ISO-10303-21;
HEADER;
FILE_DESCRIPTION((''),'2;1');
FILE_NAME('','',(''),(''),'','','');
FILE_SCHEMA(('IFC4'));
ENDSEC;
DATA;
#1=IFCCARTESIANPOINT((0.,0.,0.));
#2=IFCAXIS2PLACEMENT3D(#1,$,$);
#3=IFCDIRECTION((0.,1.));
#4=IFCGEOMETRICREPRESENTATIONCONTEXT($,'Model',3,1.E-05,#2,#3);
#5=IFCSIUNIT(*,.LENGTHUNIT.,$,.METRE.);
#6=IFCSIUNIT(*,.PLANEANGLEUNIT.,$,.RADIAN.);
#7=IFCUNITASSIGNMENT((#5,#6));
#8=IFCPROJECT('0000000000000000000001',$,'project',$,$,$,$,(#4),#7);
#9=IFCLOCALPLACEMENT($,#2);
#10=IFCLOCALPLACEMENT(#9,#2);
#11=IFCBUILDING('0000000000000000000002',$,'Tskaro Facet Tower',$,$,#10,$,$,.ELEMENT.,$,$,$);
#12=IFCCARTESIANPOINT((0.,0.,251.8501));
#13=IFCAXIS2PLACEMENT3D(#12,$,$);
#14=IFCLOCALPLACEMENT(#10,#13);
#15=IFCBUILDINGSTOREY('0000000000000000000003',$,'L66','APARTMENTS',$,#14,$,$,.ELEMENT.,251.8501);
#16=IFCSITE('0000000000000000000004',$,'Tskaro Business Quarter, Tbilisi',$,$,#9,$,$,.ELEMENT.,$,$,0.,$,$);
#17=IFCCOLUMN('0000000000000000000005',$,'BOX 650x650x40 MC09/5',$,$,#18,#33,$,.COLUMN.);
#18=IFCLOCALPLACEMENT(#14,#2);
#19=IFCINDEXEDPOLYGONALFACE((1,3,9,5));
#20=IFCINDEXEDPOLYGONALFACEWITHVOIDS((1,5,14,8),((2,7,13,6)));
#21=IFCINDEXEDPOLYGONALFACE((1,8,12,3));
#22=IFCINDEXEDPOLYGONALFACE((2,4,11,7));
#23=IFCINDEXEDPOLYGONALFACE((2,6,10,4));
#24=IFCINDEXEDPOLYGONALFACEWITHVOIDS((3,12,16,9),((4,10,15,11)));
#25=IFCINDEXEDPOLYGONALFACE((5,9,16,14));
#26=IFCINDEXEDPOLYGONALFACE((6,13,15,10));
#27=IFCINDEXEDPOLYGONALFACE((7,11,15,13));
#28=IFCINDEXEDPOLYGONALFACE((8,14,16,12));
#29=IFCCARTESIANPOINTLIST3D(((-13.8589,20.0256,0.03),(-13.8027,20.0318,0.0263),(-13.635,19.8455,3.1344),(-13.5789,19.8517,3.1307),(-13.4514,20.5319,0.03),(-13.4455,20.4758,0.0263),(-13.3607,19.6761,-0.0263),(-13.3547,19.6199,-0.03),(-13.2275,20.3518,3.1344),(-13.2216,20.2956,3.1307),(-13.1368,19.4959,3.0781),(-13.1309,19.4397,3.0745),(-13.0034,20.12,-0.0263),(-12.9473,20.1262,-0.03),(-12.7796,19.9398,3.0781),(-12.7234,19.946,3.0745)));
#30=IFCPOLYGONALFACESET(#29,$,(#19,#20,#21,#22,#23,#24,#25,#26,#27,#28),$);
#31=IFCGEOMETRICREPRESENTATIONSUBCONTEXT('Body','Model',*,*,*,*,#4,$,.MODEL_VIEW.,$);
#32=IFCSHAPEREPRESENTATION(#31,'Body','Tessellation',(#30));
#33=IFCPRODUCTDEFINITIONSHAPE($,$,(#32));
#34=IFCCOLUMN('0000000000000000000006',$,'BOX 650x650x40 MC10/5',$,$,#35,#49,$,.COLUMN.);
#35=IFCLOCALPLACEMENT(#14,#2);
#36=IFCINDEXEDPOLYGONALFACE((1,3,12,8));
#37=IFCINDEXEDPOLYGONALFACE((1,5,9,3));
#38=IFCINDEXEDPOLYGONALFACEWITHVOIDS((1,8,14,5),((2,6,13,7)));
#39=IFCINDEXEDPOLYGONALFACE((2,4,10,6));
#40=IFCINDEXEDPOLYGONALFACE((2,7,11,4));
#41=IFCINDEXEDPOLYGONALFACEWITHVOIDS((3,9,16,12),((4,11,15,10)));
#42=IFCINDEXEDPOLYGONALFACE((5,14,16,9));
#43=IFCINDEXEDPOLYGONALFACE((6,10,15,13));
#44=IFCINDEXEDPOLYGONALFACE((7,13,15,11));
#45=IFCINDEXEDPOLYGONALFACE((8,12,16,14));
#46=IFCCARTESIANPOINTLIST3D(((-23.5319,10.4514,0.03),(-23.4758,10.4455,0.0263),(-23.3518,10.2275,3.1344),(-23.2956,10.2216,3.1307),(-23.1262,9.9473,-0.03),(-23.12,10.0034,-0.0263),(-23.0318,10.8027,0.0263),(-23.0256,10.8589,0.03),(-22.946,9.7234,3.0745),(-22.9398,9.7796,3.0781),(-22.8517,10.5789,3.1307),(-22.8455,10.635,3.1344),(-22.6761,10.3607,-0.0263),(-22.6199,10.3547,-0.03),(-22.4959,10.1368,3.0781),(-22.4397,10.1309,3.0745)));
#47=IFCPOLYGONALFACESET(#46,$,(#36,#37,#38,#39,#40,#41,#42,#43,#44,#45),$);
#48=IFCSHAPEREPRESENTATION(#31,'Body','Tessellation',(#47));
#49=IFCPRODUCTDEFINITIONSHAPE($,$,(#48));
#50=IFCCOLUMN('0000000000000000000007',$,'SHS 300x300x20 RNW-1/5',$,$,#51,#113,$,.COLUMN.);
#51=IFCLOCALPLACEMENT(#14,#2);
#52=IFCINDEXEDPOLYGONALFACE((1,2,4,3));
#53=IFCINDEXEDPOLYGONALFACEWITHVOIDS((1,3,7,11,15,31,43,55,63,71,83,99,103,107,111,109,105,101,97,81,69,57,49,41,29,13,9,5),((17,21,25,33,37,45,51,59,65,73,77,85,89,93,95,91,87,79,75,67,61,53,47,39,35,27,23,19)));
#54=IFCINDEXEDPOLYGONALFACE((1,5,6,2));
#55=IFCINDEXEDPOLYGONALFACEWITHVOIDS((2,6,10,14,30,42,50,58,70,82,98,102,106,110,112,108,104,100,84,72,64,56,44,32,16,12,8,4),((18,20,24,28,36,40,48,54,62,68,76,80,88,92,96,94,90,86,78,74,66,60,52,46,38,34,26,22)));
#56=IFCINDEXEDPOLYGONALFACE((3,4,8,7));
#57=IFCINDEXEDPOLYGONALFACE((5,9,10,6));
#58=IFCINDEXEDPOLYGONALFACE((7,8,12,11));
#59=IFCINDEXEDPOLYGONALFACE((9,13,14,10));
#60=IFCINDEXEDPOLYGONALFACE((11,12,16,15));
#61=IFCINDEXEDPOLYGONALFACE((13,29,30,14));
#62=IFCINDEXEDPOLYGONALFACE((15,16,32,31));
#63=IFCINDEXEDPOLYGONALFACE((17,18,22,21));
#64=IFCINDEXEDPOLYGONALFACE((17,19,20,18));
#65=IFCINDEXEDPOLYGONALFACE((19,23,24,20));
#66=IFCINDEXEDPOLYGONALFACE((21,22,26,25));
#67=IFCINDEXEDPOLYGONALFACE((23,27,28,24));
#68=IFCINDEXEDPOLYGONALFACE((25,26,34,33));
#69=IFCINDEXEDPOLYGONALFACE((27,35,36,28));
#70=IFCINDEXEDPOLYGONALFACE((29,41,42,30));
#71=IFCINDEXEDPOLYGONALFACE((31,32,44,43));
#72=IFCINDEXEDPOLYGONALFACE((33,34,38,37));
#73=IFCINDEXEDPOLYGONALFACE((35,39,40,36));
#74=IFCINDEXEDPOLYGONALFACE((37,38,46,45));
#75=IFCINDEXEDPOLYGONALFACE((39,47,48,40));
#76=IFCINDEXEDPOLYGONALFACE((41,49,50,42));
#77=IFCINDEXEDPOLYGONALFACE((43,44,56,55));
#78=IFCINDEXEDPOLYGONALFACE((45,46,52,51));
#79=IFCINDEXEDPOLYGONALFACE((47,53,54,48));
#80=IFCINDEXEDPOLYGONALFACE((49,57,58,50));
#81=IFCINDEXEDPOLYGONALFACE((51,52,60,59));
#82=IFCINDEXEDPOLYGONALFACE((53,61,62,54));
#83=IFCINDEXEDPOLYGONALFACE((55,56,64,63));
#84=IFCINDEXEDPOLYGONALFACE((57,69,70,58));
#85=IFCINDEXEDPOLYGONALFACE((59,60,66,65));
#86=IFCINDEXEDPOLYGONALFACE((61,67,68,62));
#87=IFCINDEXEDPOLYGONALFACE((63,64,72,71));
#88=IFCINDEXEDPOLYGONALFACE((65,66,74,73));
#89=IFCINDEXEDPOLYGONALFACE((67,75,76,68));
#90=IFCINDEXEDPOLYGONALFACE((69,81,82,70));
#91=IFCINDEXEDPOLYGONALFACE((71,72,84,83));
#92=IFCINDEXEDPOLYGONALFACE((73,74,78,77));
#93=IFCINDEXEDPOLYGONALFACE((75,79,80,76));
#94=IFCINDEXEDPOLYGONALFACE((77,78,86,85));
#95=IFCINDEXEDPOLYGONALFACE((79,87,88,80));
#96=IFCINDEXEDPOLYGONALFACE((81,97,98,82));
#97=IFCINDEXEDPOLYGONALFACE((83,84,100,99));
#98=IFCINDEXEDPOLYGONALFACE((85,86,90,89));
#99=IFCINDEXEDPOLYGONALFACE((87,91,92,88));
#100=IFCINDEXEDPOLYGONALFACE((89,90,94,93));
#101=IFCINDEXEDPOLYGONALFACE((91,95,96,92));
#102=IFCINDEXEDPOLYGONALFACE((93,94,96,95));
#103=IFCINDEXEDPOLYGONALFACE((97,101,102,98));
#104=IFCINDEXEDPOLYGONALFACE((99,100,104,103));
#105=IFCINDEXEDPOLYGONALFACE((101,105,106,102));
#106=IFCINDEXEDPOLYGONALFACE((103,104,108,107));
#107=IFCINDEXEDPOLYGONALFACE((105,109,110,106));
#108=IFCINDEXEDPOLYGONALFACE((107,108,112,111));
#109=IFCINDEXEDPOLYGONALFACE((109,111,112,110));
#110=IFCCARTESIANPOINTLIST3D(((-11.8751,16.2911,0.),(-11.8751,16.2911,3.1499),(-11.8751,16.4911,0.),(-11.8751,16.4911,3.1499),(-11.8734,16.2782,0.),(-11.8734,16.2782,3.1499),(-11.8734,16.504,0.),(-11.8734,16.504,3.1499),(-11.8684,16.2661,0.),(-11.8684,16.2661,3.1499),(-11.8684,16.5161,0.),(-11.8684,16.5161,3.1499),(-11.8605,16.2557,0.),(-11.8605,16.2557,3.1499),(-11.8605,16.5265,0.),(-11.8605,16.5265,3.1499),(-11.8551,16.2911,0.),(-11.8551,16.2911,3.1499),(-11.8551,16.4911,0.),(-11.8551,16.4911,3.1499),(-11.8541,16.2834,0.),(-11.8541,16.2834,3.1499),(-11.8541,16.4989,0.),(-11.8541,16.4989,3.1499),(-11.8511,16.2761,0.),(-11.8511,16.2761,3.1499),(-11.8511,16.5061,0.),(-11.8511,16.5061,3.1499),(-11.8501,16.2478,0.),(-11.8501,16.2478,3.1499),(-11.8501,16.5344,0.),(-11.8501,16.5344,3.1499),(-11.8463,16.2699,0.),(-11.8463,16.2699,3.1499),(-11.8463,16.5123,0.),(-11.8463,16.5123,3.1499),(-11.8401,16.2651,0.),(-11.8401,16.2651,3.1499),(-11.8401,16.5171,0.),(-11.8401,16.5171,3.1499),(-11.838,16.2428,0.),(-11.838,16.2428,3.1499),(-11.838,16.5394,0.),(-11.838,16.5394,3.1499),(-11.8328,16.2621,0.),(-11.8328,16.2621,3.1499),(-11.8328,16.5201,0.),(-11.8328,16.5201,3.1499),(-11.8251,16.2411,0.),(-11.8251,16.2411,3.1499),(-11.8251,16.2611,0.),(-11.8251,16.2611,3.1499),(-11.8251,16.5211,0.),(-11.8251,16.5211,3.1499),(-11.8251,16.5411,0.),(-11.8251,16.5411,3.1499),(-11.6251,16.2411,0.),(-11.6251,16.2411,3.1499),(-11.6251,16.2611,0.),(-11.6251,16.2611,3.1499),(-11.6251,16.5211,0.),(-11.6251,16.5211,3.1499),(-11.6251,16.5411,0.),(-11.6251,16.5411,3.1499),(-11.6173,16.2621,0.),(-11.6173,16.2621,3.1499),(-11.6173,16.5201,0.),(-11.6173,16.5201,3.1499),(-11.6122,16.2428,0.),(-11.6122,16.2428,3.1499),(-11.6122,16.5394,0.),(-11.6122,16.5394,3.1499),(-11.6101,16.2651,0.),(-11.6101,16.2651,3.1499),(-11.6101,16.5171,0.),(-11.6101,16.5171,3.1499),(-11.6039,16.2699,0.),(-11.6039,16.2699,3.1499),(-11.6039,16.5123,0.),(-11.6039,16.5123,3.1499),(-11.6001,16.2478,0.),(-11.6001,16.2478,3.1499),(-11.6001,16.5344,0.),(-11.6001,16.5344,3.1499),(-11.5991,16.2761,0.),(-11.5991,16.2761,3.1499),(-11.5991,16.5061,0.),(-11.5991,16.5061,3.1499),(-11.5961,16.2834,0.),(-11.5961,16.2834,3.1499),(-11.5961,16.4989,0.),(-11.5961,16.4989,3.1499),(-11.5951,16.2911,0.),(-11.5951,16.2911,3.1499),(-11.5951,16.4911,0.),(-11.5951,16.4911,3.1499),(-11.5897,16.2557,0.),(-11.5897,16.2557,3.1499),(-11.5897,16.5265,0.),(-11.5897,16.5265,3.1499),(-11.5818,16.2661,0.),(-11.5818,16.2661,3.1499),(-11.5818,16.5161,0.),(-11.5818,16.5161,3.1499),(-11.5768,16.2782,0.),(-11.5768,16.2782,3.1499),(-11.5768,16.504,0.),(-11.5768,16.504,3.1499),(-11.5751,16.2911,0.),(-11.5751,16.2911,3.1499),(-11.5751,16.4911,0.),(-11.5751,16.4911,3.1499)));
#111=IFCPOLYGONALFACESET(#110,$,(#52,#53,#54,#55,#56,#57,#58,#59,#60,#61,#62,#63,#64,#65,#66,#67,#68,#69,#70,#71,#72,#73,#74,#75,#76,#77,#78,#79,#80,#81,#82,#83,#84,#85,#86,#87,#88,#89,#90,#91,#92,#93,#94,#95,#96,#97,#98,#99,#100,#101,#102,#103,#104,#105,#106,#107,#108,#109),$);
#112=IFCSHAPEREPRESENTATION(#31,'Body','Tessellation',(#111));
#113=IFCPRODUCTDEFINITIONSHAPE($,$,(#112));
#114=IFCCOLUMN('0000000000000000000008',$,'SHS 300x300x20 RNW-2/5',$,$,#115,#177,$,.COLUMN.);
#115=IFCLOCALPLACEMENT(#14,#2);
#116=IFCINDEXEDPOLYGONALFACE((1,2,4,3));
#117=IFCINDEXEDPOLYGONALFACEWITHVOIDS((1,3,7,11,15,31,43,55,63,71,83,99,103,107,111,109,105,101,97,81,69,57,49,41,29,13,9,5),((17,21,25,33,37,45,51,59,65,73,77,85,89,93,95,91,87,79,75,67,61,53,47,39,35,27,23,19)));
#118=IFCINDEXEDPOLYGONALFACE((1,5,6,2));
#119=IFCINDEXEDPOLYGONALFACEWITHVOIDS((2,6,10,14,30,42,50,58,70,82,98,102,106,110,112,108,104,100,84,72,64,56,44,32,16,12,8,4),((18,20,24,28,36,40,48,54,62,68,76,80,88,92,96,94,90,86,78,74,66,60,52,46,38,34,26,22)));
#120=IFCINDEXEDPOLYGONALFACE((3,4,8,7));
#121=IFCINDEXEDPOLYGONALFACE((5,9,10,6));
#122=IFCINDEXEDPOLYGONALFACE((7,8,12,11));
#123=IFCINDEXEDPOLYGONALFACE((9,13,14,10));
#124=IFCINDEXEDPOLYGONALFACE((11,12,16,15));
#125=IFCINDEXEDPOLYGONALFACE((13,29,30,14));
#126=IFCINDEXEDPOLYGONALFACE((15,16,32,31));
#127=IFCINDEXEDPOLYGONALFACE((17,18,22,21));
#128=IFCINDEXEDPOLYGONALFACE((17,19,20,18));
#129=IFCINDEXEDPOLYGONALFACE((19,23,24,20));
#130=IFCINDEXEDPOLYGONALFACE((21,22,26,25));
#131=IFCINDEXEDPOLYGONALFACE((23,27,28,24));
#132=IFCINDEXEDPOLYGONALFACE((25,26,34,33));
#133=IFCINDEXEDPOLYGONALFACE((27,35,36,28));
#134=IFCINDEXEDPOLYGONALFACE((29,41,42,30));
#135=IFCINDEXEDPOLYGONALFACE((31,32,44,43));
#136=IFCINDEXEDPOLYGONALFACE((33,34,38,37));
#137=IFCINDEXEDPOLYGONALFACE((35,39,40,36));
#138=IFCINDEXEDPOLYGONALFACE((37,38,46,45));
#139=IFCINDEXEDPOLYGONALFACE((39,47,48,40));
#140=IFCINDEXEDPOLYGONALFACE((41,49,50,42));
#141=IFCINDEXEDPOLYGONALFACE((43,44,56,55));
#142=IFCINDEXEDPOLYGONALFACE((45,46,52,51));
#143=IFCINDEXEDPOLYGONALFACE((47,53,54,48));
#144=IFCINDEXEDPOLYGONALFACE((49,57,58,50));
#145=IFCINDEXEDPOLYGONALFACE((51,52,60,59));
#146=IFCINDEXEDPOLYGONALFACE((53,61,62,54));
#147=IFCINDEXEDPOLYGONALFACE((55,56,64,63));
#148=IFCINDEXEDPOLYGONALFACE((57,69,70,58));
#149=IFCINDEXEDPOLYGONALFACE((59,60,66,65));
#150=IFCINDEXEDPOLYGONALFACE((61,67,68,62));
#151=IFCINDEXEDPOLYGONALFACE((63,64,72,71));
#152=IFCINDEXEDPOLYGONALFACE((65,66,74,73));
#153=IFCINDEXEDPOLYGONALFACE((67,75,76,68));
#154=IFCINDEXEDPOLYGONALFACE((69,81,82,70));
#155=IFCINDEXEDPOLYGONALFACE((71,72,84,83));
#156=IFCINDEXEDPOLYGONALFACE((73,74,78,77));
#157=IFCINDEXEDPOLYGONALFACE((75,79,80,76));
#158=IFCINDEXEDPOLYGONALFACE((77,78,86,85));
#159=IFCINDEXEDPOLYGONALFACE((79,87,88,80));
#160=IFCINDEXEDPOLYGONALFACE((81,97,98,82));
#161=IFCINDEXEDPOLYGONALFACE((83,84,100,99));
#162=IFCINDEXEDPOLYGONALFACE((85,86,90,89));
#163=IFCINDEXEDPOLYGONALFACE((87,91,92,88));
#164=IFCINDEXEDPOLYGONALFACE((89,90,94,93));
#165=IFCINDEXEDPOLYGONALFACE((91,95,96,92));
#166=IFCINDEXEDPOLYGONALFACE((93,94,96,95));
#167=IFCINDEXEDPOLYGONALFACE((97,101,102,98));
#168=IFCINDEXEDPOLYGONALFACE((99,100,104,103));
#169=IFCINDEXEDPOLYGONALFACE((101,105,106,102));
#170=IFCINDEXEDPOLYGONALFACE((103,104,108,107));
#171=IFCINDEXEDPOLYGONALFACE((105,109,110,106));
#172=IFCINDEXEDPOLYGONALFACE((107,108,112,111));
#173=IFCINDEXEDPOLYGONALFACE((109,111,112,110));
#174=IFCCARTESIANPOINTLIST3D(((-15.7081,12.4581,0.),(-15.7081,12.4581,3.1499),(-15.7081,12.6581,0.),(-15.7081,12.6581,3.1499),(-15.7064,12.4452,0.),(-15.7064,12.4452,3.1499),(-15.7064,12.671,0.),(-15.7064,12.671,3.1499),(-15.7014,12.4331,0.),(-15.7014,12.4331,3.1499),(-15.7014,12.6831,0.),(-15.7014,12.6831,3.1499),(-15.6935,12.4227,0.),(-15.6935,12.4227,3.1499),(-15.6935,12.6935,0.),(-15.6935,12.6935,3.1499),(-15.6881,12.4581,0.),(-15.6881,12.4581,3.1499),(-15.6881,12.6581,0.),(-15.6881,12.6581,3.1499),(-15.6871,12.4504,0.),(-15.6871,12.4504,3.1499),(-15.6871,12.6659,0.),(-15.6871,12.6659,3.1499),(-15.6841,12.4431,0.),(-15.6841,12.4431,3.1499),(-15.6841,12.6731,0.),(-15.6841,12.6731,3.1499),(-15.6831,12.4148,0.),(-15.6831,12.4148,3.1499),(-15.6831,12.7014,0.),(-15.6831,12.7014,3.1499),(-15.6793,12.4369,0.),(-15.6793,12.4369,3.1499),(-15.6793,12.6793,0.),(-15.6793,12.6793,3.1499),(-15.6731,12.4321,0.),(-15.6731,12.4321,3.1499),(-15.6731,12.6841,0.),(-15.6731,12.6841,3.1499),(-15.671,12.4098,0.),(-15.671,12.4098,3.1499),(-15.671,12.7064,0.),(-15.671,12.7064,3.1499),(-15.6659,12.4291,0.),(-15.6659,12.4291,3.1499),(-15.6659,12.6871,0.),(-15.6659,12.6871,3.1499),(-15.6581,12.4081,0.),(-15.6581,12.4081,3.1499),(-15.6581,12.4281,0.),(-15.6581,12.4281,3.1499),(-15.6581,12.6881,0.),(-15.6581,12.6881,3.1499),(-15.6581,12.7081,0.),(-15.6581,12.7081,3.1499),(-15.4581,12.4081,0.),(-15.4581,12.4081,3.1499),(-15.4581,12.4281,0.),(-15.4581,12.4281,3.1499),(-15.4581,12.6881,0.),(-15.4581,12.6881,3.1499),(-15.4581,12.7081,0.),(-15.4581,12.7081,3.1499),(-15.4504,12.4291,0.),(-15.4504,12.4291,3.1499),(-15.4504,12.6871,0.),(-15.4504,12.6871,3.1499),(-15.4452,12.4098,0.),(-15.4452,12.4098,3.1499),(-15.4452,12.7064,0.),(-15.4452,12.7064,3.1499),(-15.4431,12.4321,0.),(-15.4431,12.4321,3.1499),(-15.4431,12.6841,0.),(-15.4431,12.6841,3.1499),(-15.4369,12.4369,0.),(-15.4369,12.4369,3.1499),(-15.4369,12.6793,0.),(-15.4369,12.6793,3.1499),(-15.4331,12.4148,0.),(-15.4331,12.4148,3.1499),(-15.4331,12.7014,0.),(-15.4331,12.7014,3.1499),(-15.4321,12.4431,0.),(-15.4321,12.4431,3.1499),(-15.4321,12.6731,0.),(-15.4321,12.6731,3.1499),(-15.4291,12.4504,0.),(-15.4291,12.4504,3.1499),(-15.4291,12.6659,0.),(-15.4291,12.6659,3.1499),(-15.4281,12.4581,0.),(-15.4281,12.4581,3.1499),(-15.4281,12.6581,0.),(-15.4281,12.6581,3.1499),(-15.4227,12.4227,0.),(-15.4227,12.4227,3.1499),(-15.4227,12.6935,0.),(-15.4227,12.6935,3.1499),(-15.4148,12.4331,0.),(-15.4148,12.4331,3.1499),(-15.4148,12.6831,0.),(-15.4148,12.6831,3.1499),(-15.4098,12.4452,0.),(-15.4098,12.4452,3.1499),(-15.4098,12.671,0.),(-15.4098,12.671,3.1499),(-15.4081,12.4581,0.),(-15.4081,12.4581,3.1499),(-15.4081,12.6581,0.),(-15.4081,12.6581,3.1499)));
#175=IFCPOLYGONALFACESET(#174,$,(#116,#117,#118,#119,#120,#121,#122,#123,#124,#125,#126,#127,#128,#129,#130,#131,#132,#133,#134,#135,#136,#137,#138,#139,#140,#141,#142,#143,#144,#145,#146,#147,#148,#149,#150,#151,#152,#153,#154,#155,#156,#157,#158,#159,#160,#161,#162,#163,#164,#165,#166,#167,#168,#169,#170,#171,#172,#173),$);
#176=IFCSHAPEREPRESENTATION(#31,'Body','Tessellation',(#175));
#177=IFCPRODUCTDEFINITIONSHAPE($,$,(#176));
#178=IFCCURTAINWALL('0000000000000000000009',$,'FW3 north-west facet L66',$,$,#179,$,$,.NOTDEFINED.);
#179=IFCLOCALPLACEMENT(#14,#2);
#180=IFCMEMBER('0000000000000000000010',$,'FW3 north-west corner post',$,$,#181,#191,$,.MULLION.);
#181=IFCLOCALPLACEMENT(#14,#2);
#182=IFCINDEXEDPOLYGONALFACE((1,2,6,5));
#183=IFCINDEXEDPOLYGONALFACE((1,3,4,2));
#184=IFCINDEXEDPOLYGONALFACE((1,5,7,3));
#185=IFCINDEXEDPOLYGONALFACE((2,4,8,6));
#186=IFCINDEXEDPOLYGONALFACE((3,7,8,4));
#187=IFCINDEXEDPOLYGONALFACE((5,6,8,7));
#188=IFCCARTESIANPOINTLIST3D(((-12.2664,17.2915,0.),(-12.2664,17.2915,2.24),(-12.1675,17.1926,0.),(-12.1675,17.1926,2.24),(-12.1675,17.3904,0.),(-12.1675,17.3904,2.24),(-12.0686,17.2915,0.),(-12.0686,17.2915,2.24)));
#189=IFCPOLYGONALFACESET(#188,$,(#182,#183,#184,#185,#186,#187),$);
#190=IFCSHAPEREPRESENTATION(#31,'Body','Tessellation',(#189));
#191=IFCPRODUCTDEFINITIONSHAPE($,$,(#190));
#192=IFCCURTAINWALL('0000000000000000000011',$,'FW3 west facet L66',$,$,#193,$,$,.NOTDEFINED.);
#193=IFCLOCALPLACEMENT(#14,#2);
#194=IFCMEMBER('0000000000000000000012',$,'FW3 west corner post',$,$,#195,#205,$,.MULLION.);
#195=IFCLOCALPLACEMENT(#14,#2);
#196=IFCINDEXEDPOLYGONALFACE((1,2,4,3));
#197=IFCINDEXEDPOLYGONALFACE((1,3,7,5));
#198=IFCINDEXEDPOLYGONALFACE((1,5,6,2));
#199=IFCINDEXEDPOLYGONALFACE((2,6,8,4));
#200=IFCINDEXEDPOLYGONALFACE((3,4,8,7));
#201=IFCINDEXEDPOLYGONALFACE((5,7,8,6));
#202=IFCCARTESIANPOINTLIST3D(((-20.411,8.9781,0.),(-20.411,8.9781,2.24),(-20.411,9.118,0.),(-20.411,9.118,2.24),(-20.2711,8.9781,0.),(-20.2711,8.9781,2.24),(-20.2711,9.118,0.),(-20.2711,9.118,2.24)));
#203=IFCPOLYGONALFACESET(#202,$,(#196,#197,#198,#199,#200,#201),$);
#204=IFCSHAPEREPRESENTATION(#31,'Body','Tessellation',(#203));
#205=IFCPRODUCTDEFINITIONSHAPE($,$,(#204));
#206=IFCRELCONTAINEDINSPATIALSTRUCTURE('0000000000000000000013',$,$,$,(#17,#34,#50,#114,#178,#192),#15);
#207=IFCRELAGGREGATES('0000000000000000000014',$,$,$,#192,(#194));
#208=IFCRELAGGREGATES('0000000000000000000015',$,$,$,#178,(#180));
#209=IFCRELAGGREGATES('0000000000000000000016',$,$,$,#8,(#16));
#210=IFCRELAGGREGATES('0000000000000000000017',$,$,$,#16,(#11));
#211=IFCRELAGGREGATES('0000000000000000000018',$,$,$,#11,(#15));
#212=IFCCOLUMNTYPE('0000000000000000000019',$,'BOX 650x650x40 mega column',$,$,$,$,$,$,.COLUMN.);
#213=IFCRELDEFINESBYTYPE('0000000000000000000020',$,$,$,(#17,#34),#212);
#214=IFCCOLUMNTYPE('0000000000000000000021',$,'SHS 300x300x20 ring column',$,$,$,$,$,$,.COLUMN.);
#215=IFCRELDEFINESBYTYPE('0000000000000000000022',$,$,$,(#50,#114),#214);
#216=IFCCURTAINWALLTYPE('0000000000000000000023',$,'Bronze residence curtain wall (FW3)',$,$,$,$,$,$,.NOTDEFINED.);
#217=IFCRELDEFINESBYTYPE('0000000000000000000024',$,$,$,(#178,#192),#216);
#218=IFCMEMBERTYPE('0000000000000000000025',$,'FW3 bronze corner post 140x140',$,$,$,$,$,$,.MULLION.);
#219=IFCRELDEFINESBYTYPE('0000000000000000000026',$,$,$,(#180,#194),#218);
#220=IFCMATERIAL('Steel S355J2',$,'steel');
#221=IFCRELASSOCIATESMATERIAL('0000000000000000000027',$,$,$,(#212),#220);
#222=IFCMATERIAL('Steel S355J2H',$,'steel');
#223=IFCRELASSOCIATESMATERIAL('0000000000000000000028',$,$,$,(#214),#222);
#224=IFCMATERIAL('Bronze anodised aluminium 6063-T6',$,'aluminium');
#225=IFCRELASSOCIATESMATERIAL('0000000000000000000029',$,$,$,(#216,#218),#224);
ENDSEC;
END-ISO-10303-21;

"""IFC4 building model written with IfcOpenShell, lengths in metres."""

from ifc_helpers import new_model, si_unit, direction, frame, origin, origin_2d, place, context, subcontext, project, spatial, rectangle, hollow_rectangle, extrude, material, material_profile, profile_set, type_object, element, aggregate, save


model = new_model("IFC4")

# Units and contexts
model_context = context("Model", 3, precision=1e-05, world=origin(), true_north=direction((0.0, 1.0)))
body_context = subcontext(model_context, "Body", "Model", "MODEL_VIEW")
ifc_project = project(units=[si_unit("LENGTHUNIT", "METRE"), si_unit("PLANEANGLEUNIT", "RADIAN")], contexts=[model_context])

# Site, building, storey
site_placement = place(None, origin())
site = spatial("IfcSite", under=ifc_project, at=site_placement, Name="Tskaro Business Quarter, Tbilisi", CompositionType="ELEMENT", RefElevation=0.0)
building_placement = place(site_placement, origin())
building = spatial("IfcBuilding", under=site, at=building_placement, Name="Tskaro Facet Tower", CompositionType="ELEMENT")
storey_placement = place(building_placement, frame((0.0, 0.0, 251.8501)))
storey = spatial("IfcBuildingStorey", under=building, at=storey_placement, Name="L66", Description="APARTMENTS", CompositionType="ELEMENT", Elevation=251.8501)

# Columns
ifc_material_1 = material(Name="Steel S355J2", Category="steel")
ifc_material_profile_1 = material_profile(ifc_material_1, hollow_rectangle(XDim=0.6499, YDim=0.6499, WallThickness=0.04, at=origin_2d()), Name="BOX 650x650x40")
ifc_profile_set_1 = profile_set([ifc_material_profile_1], Name="Steel S355J2")
column_type_1 = type_object("IfcColumnType", Name="BOX 650x650x40 mega column", PredefinedType="COLUMN", material=ifc_profile_set_1)
for number, where, z_axis, x_axis, name in (
    (1, (-13.4031, 20.0759, 0.0), (0.071807, -0.05779, 0.995743), (0.626972, 0.779042, 0.0), "BOX 650x650x40 MC09/5"),
    (2, (-23.0759, 10.4031, 0.0), (0.05779, -0.071807, 0.995743), (0.779042, 0.626972, 0.0), "BOX 650x650x40 MC10/5"),
):
    element("IfcColumn", number, at=place(storey_placement, frame(where, z_axis=z_axis, x_axis=x_axis)), inside=storey, type_object=column_type_1, Name=name, PredefinedType="COLUMN", context=body_context, shape_type="SweptSolid", body=[
        extrude(hollow_rectangle(XDim=0.6499, YDim=0.6499, WallThickness=0.04, at=origin_2d()), origin(), (0.0, 0.0, 1.0), 3.1177),
    ])
ifc_material_2 = material(Name="Steel S355J2H", Category="steel")
ifc_material_profile_2 = material_profile(ifc_material_2, hollow_rectangle(XDim=0.3, YDim=0.3, WallThickness=0.02, InnerFilletRadius=0.03, OuterFilletRadius=0.05, at=origin_2d()), Name="SHS 300x300x20")
ifc_profile_set_2 = profile_set([ifc_material_profile_2], Name="Steel S355J2H")
column_type_2 = type_object("IfcColumnType", Name="SHS 300x300x20 ring column", PredefinedType="COLUMN", material=ifc_profile_set_2)
for number, where, z_axis, x_axis, name in (
    (3, (-11.7251, 16.3911, 0.0), (0.0, 0.0, 1.0), (1.0, 0.0, 0.0), "SHS 300x300x20 RNW-1/5"),
    (4, (-15.5581, 12.5581, 0.0), (0.0, 0.0, 1.0), (1.0, 0.0, 0.0), "SHS 300x300x20 RNW-2/5"),
):
    element("IfcColumn", number, at=place(storey_placement, frame(where, z_axis=z_axis, x_axis=x_axis)), inside=storey, type_object=column_type_2, Name=name, PredefinedType="COLUMN", context=body_context, shape_type="SweptSolid", body=[
        extrude(hollow_rectangle(XDim=0.3, YDim=0.3, WallThickness=0.02, InnerFilletRadius=0.03, OuterFilletRadius=0.05, at=origin_2d()), origin(), (0.0, 0.0, 1.0), 3.1499),
    ])

# Curtain walls, members
ifc_material_3 = material(Name="Bronze anodised aluminium 6063-T6", Category="aluminium")
curtain_wall_type = type_object("IfcCurtainWallType", Name="Bronze residence curtain wall (FW3)", PredefinedType="NOTDEFINED", material=ifc_material_3)
curtain_wall_1_placement = place(storey_placement, origin())
curtain_wall_1 = element("IfcCurtainWall", 5, at=curtain_wall_1_placement, inside=storey, type_object=curtain_wall_type, Name="FW3 north-west facet L66", PredefinedType="NOTDEFINED")
ifc_material_profile_3 = material_profile(ifc_material_3, rectangle(XDim=0.1399, YDim=0.1399, at=origin_2d()), Name="Corner post 140x140")
ifc_profile_set_3 = profile_set([ifc_material_profile_3], Name="Bronze anodised aluminium 6063-T6")
member_type_1 = type_object("IfcMemberType", Name="FW3 bronze corner post 140x140", PredefinedType="MULLION", material=ifc_profile_set_3)
member_1_placement = place(storey_placement, frame((-12.1675, 17.2915, 0.0), z_axis=(0.0, 0.0, 1.0), x_axis=(-0.707107, -0.707107, 0.0)))
member_1 = element("IfcMember", 6, at=member_1_placement, type_object=member_type_1, Name="FW3 north-west corner post", PredefinedType="MULLION", context=body_context, shape_type="SweptSolid", body=[
    extrude(rectangle(XDim=0.1399, YDim=0.1399, at=origin_2d()), origin(), (0.0, 0.0, 1.0), 2.24),
])
curtain_wall_2_placement = place(storey_placement, origin())
curtain_wall_2 = element("IfcCurtainWall", 7, at=curtain_wall_2_placement, inside=storey, type_object=curtain_wall_type, Name="FW3 west facet L66", PredefinedType="NOTDEFINED")
member_2_placement = place(storey_placement, frame((-20.3411, 9.0481, 0.0), z_axis=(0.0, 0.0, 1.0), x_axis=(0.0, -1.0, 0.0)))
member_2 = element("IfcMember", 8, at=member_2_placement, type_object=member_type_1, Name="FW3 west corner post", PredefinedType="MULLION", context=body_context, shape_type="SweptSolid", body=[
    extrude(rectangle(XDim=0.1399, YDim=0.1399, at=origin_2d()), origin(), (0.0, 0.0, 1.0), 2.24),
])

aggregate(curtain_wall_2, [member_2])

aggregate(curtain_wall_1, [member_1])

save(model, "model.ifc")
